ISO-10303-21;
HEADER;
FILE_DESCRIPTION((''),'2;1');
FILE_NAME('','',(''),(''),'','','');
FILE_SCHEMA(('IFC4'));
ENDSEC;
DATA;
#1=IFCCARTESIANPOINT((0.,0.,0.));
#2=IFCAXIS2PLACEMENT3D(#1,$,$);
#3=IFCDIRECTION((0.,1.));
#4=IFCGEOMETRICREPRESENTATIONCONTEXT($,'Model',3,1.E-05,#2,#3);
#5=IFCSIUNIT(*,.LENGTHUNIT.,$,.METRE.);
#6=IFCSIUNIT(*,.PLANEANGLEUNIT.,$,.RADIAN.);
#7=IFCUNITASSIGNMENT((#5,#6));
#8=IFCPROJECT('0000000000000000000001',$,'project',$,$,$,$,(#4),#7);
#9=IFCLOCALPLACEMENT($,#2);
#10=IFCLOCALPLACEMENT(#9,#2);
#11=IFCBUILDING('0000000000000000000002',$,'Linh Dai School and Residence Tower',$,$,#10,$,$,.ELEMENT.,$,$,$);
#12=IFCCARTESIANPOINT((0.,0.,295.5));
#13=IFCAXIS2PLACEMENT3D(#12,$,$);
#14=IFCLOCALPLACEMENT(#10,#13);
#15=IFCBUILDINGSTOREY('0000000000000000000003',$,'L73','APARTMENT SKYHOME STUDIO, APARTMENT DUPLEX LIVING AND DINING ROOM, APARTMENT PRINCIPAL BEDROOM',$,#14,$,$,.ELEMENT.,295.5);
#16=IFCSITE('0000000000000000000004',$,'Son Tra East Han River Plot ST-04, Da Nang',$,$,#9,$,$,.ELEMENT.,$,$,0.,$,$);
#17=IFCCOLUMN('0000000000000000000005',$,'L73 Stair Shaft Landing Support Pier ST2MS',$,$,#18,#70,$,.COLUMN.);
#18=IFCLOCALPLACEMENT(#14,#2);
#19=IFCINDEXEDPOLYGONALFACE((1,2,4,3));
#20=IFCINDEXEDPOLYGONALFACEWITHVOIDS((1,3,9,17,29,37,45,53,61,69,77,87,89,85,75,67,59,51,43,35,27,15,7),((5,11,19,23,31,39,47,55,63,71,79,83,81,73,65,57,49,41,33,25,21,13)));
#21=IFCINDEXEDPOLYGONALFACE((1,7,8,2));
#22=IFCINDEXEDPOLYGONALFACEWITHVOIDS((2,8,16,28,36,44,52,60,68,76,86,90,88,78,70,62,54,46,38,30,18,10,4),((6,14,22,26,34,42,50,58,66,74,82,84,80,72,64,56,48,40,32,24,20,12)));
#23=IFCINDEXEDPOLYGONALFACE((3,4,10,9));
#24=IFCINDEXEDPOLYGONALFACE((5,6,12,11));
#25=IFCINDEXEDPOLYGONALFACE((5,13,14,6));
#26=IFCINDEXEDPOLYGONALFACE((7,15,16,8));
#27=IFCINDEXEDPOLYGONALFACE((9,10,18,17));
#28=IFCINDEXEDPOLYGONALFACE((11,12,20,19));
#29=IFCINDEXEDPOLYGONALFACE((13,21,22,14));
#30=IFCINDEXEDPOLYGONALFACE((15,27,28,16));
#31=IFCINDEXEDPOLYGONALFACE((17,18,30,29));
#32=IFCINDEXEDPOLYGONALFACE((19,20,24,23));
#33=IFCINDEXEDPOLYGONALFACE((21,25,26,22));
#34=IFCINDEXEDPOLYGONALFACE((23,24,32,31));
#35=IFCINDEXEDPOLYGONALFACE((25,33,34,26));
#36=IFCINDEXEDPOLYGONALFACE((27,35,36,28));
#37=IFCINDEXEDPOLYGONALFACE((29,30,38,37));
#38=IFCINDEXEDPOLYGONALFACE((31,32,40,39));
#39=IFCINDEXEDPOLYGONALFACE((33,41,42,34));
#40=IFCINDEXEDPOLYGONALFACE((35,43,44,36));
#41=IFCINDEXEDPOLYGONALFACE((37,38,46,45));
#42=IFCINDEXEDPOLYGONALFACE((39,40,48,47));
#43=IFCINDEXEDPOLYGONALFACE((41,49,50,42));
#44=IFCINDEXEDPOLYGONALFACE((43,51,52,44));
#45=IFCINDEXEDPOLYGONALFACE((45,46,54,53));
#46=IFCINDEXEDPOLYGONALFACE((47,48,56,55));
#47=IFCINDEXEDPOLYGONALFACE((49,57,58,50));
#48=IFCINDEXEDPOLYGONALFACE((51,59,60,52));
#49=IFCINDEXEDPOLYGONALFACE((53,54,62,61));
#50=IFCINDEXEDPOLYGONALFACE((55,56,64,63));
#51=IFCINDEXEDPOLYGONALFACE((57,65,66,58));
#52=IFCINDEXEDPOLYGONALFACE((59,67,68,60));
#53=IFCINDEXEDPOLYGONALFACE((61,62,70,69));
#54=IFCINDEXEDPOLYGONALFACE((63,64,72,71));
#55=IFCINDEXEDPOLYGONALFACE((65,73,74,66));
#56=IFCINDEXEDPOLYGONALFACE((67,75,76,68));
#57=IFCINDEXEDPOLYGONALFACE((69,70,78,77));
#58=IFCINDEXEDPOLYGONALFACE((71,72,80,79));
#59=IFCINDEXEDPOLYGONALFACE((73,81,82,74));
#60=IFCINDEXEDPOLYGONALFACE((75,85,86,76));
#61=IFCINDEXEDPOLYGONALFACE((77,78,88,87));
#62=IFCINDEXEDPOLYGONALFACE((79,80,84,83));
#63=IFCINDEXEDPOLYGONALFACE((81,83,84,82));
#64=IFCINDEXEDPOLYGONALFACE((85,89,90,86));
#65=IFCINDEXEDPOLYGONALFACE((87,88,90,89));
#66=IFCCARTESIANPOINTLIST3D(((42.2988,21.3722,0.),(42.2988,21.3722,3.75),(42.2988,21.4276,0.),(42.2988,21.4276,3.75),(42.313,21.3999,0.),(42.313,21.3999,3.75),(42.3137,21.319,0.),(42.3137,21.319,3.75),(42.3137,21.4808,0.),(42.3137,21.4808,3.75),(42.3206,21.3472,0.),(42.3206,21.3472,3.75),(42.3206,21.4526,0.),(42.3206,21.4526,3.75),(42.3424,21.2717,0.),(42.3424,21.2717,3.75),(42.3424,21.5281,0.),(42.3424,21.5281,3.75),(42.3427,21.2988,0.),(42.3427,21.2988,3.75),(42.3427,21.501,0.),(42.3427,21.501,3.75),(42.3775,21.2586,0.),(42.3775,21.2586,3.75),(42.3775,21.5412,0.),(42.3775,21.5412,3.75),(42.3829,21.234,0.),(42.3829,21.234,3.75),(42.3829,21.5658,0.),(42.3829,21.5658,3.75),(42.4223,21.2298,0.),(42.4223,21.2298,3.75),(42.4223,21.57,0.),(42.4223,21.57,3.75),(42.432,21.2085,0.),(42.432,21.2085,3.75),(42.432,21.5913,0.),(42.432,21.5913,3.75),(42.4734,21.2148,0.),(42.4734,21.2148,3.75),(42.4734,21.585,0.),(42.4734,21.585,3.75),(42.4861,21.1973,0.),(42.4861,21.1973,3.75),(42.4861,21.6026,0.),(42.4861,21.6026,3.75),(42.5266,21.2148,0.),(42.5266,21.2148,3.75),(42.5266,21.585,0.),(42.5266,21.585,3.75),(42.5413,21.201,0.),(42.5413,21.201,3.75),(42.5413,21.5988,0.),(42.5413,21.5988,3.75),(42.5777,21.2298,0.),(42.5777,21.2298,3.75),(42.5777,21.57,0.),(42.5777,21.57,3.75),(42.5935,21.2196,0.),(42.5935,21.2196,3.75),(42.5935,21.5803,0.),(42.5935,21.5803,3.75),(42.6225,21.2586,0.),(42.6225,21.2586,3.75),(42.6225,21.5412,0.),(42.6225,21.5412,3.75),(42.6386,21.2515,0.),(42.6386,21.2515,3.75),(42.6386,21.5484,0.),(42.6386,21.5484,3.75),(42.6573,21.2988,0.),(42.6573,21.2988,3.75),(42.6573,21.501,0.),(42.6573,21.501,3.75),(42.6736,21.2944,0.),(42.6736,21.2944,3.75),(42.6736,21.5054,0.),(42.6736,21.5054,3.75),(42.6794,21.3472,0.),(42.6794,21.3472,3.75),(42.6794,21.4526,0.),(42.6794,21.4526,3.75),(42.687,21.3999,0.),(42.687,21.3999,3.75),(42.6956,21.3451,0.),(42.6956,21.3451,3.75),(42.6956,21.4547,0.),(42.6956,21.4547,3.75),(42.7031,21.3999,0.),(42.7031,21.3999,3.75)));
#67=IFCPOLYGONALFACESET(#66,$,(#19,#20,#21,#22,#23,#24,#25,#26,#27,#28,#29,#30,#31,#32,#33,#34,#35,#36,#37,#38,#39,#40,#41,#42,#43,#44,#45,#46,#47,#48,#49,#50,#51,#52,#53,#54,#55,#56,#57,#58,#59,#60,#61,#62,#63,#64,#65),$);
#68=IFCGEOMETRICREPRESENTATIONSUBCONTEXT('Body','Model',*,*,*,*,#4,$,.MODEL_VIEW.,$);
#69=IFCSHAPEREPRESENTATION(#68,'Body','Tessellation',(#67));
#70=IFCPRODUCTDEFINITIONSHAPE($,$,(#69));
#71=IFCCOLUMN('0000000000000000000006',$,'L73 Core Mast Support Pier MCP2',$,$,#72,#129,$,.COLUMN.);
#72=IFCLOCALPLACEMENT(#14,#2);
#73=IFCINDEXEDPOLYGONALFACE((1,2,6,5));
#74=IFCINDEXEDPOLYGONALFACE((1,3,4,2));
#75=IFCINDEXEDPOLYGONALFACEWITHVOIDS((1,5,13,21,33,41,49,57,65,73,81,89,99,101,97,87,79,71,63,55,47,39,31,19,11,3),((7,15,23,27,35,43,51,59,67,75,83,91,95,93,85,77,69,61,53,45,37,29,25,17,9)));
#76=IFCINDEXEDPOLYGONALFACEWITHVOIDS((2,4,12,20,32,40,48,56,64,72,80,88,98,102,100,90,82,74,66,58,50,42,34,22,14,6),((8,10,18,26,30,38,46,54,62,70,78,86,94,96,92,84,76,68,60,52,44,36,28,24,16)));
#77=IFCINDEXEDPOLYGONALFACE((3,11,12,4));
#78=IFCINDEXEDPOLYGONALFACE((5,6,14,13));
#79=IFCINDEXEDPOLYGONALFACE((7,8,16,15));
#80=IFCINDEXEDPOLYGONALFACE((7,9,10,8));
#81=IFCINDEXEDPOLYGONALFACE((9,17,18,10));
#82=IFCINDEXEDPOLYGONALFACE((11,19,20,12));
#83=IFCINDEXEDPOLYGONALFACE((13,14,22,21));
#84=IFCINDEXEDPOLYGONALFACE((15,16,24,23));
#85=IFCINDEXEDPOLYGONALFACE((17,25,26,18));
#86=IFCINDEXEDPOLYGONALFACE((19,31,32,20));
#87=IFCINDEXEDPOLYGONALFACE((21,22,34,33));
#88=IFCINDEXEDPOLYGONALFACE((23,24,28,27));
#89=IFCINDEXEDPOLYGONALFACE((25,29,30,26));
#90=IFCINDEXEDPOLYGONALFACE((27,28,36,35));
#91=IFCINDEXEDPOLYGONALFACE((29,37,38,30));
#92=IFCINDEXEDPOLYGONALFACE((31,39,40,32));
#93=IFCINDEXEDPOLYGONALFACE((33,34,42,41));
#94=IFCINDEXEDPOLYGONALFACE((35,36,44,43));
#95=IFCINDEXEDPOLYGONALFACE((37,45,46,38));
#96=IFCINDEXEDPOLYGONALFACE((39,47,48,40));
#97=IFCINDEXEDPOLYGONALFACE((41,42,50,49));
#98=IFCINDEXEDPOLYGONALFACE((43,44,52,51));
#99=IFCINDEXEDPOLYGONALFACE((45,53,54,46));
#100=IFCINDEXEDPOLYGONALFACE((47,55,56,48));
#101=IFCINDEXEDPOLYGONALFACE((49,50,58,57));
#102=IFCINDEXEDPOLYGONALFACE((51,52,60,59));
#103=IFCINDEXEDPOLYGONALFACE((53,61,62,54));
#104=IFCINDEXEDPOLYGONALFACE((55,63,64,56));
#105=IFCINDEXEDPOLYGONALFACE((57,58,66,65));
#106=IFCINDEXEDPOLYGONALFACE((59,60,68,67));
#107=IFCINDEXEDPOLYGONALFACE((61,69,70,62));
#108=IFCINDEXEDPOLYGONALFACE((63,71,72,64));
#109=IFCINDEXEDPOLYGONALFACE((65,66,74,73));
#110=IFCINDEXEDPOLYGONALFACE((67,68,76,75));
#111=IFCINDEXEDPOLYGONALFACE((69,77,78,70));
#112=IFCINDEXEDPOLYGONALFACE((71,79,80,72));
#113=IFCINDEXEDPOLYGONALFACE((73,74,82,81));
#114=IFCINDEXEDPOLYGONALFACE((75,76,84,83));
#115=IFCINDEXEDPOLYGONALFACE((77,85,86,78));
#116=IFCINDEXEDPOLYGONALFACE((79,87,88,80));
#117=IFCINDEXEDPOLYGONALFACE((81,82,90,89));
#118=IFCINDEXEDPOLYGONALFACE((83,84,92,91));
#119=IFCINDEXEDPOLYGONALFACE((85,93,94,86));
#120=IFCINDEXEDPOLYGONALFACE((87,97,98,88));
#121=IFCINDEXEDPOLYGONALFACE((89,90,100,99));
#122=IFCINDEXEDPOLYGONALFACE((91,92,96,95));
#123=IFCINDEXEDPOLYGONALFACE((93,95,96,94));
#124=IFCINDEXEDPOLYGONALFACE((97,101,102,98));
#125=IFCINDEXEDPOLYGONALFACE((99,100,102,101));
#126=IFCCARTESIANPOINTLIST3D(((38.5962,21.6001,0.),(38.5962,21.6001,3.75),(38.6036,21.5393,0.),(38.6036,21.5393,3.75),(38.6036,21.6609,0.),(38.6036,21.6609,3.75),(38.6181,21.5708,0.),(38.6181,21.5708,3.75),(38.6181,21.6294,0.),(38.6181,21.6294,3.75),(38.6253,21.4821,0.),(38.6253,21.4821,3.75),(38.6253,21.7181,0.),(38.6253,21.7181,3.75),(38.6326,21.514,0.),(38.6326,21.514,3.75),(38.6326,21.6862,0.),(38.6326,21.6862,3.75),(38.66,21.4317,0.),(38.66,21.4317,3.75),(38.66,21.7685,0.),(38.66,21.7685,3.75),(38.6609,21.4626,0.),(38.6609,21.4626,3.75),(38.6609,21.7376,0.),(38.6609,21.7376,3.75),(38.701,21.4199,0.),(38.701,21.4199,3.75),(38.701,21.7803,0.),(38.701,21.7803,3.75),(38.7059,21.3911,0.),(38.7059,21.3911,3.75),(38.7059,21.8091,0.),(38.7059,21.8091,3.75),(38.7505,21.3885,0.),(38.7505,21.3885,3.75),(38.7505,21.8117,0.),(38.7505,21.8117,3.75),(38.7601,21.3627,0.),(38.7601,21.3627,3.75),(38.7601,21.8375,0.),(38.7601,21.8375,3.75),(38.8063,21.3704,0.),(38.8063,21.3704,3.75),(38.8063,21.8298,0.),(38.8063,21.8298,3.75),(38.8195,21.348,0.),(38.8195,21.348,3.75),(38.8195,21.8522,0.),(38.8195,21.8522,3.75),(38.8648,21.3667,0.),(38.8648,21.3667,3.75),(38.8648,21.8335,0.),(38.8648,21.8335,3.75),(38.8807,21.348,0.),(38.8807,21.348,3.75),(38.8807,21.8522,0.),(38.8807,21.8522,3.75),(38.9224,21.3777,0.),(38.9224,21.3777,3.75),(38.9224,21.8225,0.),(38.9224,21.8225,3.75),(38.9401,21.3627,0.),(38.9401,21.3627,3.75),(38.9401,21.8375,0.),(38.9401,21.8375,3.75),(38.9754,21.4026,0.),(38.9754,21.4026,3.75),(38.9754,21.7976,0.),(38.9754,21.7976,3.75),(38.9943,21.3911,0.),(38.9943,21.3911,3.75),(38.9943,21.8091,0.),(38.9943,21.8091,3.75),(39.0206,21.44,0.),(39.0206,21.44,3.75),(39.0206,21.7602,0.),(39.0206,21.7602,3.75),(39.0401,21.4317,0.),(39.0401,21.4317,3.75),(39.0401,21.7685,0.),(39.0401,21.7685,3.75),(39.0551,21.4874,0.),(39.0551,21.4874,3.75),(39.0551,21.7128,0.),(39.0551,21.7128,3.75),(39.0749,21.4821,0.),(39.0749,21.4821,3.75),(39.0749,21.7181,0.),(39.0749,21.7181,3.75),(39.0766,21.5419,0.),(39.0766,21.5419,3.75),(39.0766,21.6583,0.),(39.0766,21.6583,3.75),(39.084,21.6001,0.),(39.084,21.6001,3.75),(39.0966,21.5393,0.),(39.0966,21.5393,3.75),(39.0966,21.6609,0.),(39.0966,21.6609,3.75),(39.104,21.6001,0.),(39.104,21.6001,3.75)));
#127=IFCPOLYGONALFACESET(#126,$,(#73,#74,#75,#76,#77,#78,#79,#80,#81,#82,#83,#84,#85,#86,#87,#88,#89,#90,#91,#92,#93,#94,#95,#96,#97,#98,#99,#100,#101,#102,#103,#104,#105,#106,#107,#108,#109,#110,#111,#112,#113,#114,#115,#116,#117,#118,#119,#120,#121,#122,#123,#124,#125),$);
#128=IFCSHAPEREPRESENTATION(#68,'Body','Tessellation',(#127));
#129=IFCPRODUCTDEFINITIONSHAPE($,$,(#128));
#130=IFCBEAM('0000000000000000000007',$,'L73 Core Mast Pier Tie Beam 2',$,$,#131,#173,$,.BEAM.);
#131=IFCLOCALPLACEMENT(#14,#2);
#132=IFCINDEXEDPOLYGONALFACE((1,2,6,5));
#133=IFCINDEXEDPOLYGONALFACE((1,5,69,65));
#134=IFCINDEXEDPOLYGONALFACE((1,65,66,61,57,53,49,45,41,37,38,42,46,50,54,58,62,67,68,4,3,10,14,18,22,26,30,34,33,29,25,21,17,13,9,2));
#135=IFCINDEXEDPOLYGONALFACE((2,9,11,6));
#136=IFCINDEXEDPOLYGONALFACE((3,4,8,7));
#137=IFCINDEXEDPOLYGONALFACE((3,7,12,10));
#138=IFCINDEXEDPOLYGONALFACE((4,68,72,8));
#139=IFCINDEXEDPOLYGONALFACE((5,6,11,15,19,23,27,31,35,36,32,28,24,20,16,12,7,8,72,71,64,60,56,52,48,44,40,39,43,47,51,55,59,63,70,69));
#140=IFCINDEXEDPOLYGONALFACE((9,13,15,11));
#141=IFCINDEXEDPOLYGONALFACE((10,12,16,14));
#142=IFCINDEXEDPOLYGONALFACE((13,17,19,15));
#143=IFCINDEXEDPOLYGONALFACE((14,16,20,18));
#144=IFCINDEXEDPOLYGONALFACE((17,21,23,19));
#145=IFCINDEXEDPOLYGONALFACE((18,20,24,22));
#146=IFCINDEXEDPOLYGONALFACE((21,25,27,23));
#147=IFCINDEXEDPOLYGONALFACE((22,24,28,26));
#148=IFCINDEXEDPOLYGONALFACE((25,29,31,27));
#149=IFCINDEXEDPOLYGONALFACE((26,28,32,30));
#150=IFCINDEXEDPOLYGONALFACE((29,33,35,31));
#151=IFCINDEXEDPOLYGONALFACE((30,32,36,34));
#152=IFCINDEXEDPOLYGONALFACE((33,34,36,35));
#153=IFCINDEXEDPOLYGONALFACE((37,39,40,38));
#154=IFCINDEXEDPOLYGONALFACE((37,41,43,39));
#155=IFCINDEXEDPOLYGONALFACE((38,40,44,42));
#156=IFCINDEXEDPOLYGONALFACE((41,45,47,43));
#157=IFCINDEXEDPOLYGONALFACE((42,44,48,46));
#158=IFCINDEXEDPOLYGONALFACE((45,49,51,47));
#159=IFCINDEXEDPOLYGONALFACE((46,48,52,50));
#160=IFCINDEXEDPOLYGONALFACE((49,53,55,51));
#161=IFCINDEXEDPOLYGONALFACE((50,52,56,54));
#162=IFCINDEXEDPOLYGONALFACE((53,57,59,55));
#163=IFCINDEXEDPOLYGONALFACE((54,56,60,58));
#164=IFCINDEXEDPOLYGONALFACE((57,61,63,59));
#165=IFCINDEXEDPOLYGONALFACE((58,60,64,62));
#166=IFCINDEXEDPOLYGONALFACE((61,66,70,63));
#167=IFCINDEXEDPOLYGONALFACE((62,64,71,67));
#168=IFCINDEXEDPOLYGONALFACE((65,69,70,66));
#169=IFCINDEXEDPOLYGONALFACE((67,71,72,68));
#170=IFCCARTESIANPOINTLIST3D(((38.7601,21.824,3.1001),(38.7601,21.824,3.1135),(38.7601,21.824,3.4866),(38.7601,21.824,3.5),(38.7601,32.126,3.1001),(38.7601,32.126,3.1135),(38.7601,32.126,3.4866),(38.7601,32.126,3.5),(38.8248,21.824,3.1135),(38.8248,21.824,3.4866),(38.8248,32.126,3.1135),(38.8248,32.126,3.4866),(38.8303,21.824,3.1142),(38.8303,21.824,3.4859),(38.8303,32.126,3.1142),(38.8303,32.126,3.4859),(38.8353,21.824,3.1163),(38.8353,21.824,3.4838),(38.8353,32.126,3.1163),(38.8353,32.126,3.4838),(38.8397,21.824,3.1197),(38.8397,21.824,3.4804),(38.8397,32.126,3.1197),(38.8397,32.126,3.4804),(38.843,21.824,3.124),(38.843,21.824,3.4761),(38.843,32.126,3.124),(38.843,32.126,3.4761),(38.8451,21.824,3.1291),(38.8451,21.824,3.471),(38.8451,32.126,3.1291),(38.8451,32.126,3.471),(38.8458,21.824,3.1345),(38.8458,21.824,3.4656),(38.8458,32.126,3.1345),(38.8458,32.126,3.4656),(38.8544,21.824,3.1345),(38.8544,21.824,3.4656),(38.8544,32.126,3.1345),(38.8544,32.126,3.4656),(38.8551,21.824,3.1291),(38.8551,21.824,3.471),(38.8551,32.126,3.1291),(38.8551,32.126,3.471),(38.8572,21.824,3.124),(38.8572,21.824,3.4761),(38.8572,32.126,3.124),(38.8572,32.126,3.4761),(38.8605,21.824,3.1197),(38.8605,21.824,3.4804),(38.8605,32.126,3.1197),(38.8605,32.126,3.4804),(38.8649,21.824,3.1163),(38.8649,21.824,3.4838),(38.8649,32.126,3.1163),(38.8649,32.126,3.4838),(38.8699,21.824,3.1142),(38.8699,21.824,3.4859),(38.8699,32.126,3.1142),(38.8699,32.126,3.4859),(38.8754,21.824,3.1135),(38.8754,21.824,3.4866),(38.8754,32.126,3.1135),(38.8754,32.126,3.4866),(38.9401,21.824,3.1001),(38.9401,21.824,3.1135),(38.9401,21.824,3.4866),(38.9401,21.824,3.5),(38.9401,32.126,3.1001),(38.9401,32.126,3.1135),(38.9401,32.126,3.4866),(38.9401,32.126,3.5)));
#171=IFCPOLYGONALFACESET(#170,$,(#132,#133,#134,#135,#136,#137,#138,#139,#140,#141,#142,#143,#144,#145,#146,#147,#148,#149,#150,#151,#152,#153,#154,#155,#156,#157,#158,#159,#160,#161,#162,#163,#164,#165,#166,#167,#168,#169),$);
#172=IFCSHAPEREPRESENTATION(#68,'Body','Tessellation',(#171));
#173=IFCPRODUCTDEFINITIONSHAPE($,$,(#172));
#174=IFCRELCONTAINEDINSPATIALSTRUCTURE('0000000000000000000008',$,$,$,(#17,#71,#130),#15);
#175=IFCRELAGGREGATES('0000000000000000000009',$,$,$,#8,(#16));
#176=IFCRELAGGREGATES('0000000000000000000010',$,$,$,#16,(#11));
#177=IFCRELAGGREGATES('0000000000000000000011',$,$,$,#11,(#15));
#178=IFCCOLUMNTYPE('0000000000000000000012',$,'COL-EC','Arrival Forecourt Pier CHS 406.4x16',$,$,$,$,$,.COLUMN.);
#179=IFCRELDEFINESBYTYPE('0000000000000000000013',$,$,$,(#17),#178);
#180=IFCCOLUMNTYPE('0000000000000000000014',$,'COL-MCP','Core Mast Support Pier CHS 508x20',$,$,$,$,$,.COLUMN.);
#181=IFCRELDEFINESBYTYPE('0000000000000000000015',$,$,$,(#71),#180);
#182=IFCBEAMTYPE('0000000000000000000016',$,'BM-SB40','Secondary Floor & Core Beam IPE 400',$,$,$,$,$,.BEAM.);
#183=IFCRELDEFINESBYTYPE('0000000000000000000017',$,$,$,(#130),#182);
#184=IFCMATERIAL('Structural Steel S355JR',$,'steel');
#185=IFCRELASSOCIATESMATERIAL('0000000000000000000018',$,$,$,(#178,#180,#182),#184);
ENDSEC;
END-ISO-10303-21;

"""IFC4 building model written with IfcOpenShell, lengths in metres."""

from ifc_helpers import new_model, si_unit, direction, frame, origin, origin_2d, place, context, subcontext, project, spatial, hollow_circle, i_section, extrude, material, material_profile, profile_set, type_object, element, save


model = new_model("IFC4")

# Units and contexts
model_context = context("Model", 3, precision=1e-05, world=origin(), true_north=direction((0.0, 1.0)))
body_context = subcontext(model_context, "Body", "Model", "MODEL_VIEW")
ifc_project = project(units=[si_unit("LENGTHUNIT", "METRE"), si_unit("PLANEANGLEUNIT", "RADIAN")], contexts=[model_context])

# Site, building, storey
site_placement = place(None, origin())
site = spatial("IfcSite", under=ifc_project, at=site_placement, Name="Son Tra East Han River Plot ST-04, Da Nang", CompositionType="ELEMENT", RefElevation=0.0)
building_placement = place(site_placement, origin())
building = spatial("IfcBuilding", under=site, at=building_placement, Name="Linh Dai School and Residence Tower", CompositionType="ELEMENT")
storey_placement = place(building_placement, frame((0.0, 0.0, 295.5)))
storey = spatial("IfcBuildingStorey", under=building, at=storey_placement, Name="L73", Description="APARTMENT SKYHOME STUDIO, APARTMENT DUPLEX LIVING AND DINING ROOM, APARTMENT PRINCIPAL BEDROOM", CompositionType="ELEMENT", Elevation=295.5)

# Columns
ifc_material_1 = material(Name="Structural Steel S355JR", Category="steel")
ifc_material_profile_1 = material_profile(ifc_material_1, hollow_circle(Radius=0.2031, WallThickness=0.0161, at=origin_2d()), Name="CHS 406.4x16")
ifc_profile_set_1 = profile_set([ifc_material_profile_1], Name="Structural Steel S355JR")
column_type_1 = type_object("IfcColumnType", Name="COL-EC", Description="Arrival Forecourt Pier CHS 406.4x16", PredefinedType="COLUMN", material=ifc_profile_set_1)
column_1_placement = place(storey_placement, frame((42.5, 21.3999, 0.0), z_axis=(0.0, 0.0, 1.0), x_axis=(1.0, 0.0, 0.0)))
element("IfcColumn", 1, at=column_1_placement, inside=storey, type_object=column_type_1, Name="L73 Stair Shaft Landing Support Pier ST2MS", PredefinedType="COLUMN", context=body_context, shape_type="SweptSolid", body=[
    extrude(hollow_circle(Radius=0.2031, WallThickness=0.0161, at=origin_2d()), origin(), (0.0, 0.0, 1.0), 3.75),
])
ifc_material_profile_2 = material_profile(ifc_material_1, hollow_circle(Radius=0.2539, WallThickness=0.02, at=origin_2d()), Name="CHS 508x20")
ifc_profile_set_2 = profile_set([ifc_material_profile_2], Name="Structural Steel S355JR")
column_type_2 = type_object("IfcColumnType", Name="COL-MCP", Description="Core Mast Support Pier CHS 508x20", PredefinedType="COLUMN", material=ifc_profile_set_2)
column_2_placement = place(storey_placement, frame((38.8501, 21.6001, 0.0), z_axis=(0.0, 0.0, 1.0), x_axis=(1.0, 0.0, 0.0)))
element("IfcColumn", 2, at=column_2_placement, inside=storey, type_object=column_type_2, Name="L73 Core Mast Support Pier MCP2", PredefinedType="COLUMN", context=body_context, shape_type="SweptSolid", body=[
    extrude(hollow_circle(Radius=0.2539, WallThickness=0.02, at=origin_2d()), origin(), (0.0, 0.0, 1.0), 3.75),
])

# Beam
ifc_material_profile_3 = material_profile(ifc_material_1, i_section(OverallWidth=0.1799, OverallDepth=0.3999, WebThickness=0.0085, FlangeThickness=0.0134, FilletRadius=0.021, at=origin_2d()), Name="IPE 400")
ifc_profile_set_3 = profile_set([ifc_material_profile_3], Name="Structural Steel S355JR")
beam_type = type_object("IfcBeamType", Name="BM-SB40", Description="Secondary Floor & Core Beam IPE 400", PredefinedType="BEAM", material=ifc_profile_set_3)
beam_placement = place(storey_placement, frame((38.8501, 21.824, 3.3), z_axis=(0.0, 1.0, 0.0), x_axis=(-1.0, 0.0, 0.0)))
element("IfcBeam", 3, at=beam_placement, inside=storey, type_object=beam_type, Name="L73 Core Mast Pier Tie Beam 2", PredefinedType="BEAM", context=body_context, shape_type="SweptSolid", body=[
    extrude(i_section(OverallWidth=0.1799, OverallDepth=0.3999, WebThickness=0.0085, FlangeThickness=0.0134, FilletRadius=0.021, at=origin_2d()), origin(), (0.0, 0.0, 1.0), 10.302),
])

save(model, "model.ifc")
